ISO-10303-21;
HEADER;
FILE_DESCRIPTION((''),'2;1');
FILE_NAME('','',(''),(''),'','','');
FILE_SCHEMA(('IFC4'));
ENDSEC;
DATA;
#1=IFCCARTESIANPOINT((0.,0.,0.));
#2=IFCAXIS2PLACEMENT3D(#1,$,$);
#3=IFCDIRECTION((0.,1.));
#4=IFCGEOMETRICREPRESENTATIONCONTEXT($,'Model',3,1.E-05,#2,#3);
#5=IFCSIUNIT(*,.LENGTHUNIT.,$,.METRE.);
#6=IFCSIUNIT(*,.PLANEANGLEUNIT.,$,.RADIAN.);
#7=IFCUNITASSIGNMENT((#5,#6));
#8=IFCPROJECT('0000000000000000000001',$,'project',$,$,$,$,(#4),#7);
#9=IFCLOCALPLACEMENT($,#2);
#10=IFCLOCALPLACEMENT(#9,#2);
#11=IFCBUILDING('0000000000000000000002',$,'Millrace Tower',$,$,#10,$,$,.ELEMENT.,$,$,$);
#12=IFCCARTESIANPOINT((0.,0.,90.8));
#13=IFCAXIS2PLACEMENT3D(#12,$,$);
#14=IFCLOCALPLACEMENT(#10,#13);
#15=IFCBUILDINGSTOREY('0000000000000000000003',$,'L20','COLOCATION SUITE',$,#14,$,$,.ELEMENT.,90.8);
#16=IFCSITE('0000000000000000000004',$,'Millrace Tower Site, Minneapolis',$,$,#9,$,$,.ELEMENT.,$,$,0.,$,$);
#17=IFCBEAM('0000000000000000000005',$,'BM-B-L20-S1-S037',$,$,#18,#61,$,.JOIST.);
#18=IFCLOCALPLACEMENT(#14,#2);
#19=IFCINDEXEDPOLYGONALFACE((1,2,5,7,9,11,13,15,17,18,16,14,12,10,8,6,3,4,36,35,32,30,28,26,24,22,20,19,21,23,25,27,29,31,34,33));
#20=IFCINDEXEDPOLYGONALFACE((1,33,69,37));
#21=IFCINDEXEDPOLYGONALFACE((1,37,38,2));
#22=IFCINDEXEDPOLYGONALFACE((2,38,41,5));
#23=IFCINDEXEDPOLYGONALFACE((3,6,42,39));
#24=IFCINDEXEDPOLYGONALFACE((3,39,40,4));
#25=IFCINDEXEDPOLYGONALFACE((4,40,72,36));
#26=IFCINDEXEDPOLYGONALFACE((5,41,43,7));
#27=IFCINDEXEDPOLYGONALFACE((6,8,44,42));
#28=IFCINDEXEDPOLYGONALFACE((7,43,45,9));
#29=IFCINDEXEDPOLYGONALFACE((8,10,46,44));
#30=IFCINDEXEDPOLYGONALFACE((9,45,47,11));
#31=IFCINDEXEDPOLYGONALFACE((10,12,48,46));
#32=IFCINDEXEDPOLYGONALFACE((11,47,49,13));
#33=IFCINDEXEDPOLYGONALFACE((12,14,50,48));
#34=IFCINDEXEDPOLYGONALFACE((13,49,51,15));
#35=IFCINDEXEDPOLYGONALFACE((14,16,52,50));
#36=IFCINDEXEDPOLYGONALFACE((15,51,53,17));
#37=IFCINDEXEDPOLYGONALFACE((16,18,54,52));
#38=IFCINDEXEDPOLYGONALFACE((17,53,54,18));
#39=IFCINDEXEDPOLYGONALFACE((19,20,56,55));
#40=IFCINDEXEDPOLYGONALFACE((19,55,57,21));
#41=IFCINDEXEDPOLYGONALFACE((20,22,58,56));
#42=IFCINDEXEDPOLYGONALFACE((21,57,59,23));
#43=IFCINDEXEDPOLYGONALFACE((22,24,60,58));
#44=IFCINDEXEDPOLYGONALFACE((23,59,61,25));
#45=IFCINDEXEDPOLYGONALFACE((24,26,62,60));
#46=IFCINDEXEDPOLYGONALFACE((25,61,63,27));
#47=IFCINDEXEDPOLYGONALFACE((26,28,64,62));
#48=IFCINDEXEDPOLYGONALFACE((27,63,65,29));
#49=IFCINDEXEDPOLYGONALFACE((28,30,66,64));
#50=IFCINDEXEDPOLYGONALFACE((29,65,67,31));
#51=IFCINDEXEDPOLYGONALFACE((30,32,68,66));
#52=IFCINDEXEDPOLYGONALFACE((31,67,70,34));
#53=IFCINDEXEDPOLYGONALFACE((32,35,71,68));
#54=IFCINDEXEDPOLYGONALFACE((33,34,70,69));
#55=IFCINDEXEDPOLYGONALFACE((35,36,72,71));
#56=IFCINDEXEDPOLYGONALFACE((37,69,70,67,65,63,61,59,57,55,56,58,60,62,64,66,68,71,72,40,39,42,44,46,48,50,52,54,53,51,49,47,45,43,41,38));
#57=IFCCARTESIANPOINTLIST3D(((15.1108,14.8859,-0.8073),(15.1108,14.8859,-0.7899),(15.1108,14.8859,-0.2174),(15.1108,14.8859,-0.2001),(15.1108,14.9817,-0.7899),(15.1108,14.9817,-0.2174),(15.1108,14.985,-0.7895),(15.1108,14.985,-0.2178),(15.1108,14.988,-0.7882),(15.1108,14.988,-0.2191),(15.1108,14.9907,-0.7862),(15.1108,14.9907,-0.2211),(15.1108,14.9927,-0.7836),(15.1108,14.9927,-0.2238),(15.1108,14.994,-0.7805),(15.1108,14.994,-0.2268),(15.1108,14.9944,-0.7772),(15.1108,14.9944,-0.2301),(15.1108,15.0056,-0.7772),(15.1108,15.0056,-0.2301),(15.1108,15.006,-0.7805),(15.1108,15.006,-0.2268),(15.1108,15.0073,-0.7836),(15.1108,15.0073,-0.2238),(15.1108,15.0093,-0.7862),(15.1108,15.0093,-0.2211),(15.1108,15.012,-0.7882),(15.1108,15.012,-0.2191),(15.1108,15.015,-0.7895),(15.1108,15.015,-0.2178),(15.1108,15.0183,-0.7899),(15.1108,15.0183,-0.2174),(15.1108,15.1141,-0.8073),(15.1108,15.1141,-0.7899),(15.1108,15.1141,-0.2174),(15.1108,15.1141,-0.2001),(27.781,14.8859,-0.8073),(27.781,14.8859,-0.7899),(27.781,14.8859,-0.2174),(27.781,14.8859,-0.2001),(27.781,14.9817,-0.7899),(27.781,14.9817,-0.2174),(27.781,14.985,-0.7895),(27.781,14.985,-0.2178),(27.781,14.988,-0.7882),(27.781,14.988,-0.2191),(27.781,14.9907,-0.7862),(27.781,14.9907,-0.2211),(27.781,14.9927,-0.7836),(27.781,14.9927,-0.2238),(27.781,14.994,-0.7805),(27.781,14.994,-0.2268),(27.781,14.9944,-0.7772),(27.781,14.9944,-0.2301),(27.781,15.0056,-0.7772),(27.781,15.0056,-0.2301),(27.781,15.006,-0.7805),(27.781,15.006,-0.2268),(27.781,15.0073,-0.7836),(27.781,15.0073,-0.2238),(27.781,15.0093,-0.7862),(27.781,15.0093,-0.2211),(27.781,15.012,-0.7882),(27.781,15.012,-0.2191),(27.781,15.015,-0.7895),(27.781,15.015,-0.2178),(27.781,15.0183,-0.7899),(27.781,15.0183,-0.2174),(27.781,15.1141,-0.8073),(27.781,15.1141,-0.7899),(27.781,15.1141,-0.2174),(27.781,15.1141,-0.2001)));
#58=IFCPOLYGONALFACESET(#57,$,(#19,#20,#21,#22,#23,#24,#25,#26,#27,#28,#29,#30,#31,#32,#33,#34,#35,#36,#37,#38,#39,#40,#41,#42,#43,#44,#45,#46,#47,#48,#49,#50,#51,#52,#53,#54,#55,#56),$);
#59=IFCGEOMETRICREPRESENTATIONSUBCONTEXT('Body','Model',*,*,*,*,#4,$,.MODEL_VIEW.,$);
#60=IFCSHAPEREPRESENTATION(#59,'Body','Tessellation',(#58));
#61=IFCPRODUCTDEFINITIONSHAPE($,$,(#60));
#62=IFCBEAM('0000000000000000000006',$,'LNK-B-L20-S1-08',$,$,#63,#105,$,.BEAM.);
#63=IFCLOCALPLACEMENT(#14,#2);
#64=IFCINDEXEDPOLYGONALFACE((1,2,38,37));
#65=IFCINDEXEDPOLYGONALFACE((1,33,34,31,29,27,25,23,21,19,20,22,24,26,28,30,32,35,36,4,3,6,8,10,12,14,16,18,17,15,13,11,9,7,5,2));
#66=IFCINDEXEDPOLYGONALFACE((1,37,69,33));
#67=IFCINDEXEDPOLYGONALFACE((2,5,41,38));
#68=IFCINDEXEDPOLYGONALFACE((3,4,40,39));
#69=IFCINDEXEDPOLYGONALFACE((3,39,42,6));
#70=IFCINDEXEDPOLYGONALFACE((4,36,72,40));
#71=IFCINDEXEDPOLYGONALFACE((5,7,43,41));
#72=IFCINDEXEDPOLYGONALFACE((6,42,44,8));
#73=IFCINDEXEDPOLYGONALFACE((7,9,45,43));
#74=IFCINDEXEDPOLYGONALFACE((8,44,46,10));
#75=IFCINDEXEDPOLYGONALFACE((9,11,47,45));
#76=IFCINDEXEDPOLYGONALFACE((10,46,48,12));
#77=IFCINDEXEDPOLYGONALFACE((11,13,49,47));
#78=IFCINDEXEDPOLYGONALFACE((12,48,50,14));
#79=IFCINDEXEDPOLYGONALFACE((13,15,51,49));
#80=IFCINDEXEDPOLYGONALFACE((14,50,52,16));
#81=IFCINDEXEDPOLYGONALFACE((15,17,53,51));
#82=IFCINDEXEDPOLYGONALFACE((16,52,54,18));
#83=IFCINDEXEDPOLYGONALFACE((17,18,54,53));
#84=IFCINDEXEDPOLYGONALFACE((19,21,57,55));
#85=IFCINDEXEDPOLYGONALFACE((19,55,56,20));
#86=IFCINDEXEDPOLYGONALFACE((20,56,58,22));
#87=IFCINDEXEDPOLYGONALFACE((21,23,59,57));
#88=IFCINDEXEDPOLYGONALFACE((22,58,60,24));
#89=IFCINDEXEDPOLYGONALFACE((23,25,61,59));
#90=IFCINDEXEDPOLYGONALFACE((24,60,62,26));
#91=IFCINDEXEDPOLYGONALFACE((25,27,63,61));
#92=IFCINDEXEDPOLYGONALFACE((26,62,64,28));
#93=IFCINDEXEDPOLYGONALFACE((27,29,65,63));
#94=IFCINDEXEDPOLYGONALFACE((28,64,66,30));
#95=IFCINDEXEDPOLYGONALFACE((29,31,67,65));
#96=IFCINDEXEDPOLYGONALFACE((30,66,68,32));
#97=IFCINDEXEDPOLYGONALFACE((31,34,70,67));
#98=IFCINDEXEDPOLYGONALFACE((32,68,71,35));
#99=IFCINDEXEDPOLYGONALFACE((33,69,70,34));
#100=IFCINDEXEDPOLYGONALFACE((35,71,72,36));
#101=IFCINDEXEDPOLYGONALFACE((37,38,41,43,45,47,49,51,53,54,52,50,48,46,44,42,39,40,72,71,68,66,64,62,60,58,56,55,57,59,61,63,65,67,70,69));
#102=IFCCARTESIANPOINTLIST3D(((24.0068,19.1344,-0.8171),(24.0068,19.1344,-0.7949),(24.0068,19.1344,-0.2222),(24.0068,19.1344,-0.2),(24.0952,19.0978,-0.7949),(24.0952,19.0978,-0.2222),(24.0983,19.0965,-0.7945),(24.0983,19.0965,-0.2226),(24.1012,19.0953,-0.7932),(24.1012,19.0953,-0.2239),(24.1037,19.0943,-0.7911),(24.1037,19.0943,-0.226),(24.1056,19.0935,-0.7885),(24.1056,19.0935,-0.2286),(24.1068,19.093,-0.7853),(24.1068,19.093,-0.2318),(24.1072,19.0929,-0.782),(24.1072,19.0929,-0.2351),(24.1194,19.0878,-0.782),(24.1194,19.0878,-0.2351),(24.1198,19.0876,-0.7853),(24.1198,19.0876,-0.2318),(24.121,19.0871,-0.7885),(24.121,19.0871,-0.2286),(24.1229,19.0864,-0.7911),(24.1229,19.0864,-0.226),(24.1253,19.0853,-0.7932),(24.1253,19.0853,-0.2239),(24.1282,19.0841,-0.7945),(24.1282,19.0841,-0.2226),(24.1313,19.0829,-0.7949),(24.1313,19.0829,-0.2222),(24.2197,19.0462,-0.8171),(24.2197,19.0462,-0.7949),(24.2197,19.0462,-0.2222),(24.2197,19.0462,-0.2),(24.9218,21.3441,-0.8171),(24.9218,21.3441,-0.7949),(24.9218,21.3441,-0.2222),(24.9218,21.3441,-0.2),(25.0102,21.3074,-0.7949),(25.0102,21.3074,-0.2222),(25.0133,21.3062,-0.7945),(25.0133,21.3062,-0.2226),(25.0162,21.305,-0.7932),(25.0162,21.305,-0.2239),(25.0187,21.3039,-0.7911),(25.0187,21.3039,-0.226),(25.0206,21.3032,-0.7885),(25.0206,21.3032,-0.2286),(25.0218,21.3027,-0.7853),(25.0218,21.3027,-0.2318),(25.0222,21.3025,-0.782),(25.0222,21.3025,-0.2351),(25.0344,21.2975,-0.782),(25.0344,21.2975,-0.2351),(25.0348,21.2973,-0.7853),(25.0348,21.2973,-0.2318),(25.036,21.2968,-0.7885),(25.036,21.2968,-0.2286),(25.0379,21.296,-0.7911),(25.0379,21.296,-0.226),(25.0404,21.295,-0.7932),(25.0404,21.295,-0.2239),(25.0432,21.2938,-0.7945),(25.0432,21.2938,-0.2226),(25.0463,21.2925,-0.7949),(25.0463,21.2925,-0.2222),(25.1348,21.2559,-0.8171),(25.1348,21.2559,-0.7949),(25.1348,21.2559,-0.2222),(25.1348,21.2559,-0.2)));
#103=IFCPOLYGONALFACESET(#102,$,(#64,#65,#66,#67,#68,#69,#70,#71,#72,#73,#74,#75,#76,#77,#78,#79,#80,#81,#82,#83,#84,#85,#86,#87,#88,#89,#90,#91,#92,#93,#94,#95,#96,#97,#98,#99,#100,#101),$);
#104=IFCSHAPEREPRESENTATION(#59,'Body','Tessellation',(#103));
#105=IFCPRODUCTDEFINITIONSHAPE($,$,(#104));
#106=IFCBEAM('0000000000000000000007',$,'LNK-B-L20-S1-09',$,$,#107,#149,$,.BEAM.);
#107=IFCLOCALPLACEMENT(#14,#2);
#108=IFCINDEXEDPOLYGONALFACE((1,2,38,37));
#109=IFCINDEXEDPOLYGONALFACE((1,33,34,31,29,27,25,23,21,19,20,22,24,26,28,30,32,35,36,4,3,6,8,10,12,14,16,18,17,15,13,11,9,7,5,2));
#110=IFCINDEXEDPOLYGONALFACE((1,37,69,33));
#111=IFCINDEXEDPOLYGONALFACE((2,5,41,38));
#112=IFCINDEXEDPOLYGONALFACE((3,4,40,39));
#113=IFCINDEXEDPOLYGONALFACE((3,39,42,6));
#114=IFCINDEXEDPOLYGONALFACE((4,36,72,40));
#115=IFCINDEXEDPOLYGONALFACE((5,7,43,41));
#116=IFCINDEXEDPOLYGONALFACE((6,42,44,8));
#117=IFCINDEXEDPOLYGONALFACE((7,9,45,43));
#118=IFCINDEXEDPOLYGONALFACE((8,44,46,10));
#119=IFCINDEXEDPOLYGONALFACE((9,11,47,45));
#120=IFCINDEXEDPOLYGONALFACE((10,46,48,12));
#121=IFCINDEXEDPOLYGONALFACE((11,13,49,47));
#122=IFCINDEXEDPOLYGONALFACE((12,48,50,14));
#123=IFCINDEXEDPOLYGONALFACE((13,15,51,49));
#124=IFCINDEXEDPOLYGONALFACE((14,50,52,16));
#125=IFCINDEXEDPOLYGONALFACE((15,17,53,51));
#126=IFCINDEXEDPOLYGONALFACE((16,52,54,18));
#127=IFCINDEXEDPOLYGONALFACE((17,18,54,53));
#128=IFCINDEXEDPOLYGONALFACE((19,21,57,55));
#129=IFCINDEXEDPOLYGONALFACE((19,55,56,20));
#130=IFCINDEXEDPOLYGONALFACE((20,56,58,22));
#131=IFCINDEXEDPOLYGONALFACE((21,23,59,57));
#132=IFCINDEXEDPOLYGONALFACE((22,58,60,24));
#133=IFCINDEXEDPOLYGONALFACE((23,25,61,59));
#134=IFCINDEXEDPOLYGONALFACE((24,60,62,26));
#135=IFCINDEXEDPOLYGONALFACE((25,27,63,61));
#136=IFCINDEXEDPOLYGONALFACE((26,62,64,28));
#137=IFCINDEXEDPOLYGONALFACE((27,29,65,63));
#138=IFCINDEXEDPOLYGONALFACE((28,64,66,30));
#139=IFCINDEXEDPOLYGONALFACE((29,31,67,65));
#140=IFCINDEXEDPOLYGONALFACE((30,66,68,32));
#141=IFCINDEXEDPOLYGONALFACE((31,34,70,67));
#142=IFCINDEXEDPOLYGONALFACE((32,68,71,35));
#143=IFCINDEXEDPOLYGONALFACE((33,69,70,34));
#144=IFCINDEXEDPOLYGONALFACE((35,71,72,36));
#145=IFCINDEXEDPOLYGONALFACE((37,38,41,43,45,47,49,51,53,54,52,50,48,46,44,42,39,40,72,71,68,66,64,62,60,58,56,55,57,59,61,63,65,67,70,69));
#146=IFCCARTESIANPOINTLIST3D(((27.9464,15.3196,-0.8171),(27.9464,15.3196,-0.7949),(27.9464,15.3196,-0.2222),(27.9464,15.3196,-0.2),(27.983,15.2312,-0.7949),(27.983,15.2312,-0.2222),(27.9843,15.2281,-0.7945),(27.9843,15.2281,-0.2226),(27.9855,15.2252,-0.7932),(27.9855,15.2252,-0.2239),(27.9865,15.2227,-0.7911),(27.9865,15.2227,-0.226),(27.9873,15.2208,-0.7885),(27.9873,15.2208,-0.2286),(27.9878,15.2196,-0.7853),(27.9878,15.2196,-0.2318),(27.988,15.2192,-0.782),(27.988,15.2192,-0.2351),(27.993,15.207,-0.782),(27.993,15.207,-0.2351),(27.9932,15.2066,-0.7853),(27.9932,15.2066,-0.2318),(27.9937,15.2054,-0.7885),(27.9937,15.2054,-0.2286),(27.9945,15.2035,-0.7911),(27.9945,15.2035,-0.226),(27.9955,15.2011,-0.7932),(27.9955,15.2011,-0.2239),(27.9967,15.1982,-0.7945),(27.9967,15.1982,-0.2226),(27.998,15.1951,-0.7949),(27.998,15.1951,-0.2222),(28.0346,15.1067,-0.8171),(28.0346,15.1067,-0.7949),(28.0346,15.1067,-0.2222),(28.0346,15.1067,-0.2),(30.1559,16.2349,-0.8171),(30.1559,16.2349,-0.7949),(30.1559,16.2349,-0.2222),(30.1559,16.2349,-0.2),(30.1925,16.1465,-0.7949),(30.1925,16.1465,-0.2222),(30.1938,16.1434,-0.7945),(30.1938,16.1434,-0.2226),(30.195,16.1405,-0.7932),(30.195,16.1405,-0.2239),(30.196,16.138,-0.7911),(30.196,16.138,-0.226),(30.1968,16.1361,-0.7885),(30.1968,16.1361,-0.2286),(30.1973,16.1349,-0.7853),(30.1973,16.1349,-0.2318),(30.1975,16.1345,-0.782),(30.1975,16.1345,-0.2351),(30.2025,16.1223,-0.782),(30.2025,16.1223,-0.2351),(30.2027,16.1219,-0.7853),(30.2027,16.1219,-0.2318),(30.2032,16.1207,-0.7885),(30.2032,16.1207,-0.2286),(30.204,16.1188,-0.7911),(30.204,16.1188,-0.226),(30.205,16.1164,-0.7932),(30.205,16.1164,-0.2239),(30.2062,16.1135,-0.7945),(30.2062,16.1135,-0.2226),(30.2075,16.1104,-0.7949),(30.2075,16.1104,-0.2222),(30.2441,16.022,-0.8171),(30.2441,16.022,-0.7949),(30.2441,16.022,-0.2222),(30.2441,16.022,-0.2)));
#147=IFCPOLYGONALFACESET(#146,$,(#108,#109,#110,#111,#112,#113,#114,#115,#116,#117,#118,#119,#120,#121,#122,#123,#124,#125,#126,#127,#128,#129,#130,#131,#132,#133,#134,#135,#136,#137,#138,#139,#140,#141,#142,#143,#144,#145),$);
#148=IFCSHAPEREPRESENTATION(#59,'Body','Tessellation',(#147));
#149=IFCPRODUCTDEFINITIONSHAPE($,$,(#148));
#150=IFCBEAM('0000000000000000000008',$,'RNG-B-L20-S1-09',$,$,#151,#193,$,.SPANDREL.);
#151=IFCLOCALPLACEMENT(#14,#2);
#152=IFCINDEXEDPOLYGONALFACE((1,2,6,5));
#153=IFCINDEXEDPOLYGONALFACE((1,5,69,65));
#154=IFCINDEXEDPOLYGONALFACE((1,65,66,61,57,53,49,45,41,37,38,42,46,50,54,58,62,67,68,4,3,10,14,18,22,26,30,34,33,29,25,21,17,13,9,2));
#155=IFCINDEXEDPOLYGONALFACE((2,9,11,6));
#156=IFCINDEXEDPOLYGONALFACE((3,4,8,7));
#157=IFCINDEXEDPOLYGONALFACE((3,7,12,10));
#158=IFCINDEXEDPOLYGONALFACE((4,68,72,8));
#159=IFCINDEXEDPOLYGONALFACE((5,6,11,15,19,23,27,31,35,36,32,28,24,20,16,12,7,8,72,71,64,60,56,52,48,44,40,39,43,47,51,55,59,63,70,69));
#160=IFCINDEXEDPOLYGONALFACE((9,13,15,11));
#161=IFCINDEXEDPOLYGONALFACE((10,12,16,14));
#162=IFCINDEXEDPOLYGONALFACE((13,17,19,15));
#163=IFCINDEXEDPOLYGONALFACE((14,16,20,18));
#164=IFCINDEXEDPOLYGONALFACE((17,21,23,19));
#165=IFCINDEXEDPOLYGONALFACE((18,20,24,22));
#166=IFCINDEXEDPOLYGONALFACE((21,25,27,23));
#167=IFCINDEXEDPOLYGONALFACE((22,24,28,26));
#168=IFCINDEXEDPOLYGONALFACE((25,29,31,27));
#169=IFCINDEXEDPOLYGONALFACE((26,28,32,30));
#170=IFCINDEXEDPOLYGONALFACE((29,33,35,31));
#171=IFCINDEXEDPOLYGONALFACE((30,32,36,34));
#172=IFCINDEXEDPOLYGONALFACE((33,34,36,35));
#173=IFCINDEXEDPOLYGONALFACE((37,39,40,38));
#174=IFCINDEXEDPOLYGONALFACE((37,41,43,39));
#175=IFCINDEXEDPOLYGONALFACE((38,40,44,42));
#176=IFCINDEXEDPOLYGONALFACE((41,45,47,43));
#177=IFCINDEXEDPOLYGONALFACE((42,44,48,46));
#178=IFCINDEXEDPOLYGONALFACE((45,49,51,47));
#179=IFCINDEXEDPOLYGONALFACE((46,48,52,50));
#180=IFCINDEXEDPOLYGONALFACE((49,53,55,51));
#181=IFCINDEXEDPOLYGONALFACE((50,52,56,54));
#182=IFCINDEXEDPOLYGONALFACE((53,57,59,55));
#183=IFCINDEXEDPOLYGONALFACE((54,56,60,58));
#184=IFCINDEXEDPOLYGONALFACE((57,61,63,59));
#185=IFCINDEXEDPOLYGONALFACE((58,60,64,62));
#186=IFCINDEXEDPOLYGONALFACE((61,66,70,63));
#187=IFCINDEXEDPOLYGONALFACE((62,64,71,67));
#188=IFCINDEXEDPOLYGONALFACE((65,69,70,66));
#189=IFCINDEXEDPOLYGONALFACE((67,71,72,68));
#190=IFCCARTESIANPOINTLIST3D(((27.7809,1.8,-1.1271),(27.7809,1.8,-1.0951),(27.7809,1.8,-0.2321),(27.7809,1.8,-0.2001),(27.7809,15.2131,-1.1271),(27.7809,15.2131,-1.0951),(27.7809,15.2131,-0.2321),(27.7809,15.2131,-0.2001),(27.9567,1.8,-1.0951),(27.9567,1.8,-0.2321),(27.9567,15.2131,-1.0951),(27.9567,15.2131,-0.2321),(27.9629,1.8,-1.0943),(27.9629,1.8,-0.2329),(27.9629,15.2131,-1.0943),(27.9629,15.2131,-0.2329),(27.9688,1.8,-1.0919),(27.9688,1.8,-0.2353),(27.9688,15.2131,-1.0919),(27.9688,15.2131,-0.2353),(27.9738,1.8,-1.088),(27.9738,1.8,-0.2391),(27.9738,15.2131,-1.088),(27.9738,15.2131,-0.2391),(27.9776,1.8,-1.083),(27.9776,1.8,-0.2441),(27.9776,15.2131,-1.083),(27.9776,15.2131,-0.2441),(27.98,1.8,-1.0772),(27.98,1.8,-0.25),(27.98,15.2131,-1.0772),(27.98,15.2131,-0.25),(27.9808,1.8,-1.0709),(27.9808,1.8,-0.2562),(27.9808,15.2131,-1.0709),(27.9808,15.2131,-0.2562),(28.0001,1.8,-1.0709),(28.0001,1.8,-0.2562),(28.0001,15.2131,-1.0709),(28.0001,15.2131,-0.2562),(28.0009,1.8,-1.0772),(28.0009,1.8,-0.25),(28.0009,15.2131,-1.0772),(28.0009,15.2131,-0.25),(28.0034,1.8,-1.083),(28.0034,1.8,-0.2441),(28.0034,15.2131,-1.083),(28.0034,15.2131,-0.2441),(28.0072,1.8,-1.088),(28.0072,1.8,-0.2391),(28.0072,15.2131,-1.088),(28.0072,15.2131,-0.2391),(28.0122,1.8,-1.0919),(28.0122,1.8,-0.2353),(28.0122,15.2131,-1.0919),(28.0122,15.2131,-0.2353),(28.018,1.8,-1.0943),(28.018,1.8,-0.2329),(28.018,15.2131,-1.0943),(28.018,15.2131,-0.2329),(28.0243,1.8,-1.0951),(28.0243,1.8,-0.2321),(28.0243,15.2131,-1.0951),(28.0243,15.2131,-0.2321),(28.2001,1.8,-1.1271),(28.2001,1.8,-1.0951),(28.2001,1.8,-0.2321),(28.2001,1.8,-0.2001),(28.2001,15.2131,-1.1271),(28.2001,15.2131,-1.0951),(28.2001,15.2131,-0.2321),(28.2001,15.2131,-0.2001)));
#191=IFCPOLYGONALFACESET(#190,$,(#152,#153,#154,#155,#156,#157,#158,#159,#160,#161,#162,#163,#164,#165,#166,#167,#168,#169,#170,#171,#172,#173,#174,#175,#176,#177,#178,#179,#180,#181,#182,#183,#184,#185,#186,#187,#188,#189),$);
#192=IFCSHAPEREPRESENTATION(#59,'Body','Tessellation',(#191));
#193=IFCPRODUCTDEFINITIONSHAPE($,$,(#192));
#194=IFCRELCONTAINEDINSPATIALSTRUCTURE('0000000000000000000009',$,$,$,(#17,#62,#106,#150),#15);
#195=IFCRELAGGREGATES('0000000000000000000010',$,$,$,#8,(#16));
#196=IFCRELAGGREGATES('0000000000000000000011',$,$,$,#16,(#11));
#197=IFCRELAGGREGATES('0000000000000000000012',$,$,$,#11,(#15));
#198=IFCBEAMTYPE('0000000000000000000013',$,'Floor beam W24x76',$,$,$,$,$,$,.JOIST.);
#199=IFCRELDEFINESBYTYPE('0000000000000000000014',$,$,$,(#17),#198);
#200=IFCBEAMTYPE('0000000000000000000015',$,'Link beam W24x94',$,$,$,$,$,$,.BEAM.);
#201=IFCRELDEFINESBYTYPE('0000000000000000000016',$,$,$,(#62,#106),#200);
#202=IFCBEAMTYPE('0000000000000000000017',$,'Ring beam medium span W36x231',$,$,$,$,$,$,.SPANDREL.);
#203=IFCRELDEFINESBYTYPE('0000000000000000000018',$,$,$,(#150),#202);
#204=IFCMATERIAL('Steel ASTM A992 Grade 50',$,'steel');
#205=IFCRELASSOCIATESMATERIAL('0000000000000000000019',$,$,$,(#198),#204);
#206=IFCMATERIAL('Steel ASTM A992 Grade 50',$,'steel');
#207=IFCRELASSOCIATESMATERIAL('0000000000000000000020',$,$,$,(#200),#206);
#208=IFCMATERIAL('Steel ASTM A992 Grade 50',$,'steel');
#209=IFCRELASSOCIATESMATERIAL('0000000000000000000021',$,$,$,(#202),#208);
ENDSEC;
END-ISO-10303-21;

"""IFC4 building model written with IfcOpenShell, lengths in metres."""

from ifc_helpers import new_model, si_unit, direction, frame, origin, origin_2d, place, context, subcontext, project, spatial, i_section, extrude, material, material_profile, profile_set, type_object, element, save


model = new_model("IFC4")

# Units and contexts
model_context = context("Model", 3, precision=1e-05, world=origin(), true_north=direction((0.0, 1.0)))
body_context = subcontext(model_context, "Body", "Model", "MODEL_VIEW")
ifc_project = project(units=[si_unit("LENGTHUNIT", "METRE"), si_unit("PLANEANGLEUNIT", "RADIAN")], contexts=[model_context])

# Site, building, storey
site_placement = place(None, origin())
site = spatial("IfcSite", under=ifc_project, at=site_placement, Name="Millrace Tower Site, Minneapolis", CompositionType="ELEMENT", RefElevation=0.0)
building_placement = place(site_placement, origin())
building = spatial("IfcBuilding", under=site, at=building_placement, Name="Millrace Tower", CompositionType="ELEMENT")
storey_placement = place(building_placement, frame((0.0, 0.0, 90.8)))
storey = spatial("IfcBuildingStorey", under=building, at=storey_placement, Name="L20", Description="COLOCATION SUITE", CompositionType="ELEMENT", Elevation=90.8)

# Beams
ifc_material_1 = material(Name="Steel ASTM A992 Grade 50", Category="steel")
ifc_material_profile_1 = material_profile(ifc_material_1, i_section(OverallWidth=0.2283, OverallDepth=0.6072, WebThickness=0.0112, FlangeThickness=0.0173, FilletRadius=0.0127, at=origin_2d()))
ifc_profile_set_1 = profile_set([ifc_material_profile_1], Name="Steel ASTM A992 Grade 50")
beam_type_1 = type_object("IfcBeamType", Name="Floor beam W24x76", PredefinedType="JOIST", material=ifc_profile_set_1)
for number, where, z_axis, x_axis, name in (
    (1, (15.1108, 15.0, -0.5037), (1.0, 0.0, 0.0), (0.0, 1.0, 0.0), "BM-B-L20-S1-S037"),
):
    element("IfcBeam", number, at=place(storey_placement, frame(where, z_axis=z_axis, x_axis=x_axis)), inside=storey, type_object=beam_type_1, Name=name, PredefinedType="JOIST", context=body_context, shape_type="SweptSolid", body=[
        extrude(i_section(OverallWidth=0.2283, OverallDepth=0.6072, WebThickness=0.0112, FlangeThickness=0.0173, FilletRadius=0.0127, at=origin_2d()), origin(), (0.0, 0.0, 1.0), 12.6702),
    ])
ifc_material_2 = material(Name="Steel ASTM A992 Grade 50", Category="steel")
ifc_material_profile_2 = material_profile(ifc_material_2, i_section(OverallWidth=0.2305, OverallDepth=0.6172, WebThickness=0.0132, FlangeThickness=0.0222, FilletRadius=0.0129, at=origin_2d()))
ifc_profile_set_2 = profile_set([ifc_material_profile_2], Name="Steel ASTM A992 Grade 50")
beam_type_2 = type_object("IfcBeamType", Name="Link beam W24x94", PredefinedType="BEAM", material=ifc_profile_set_2)
for number, where, z_axis, x_axis, name in (
    (2, (24.1133, 19.0903, -0.5085), (0.382592, 0.923917, 0.0), (-0.923917, 0.382592, 0.0), "LNK-B-L20-S1-08"),
    (3, (27.9905, 15.2131, -0.5085), (0.923866, 0.382715, 0.0), (-0.382715, 0.923866, 0.0), "LNK-B-L20-S1-09"),
):
    element("IfcBeam", number, at=place(storey_placement, frame(where, z_axis=z_axis, x_axis=x_axis)), inside=storey, type_object=beam_type_2, Name=name, PredefinedType="BEAM", context=body_context, shape_type="SweptSolid", body=[
        extrude(i_section(OverallWidth=0.2305, OverallDepth=0.6172, WebThickness=0.0132, FlangeThickness=0.0222, FilletRadius=0.0129, at=origin_2d()), origin(), (0.0, 0.0, 1.0), 2.3916),
    ])
ifc_material_3 = material(Name="Steel ASTM A992 Grade 50", Category="steel")
ifc_material_profile_3 = material_profile(ifc_material_3, i_section(OverallWidth=0.4192, OverallDepth=0.927, WebThickness=0.0193, FlangeThickness=0.032, FilletRadius=0.0242, at=origin_2d()))
ifc_profile_set_3 = profile_set([ifc_material_profile_3], Name="Steel ASTM A992 Grade 50")
beam_type_3 = type_object("IfcBeamType", Name="Ring beam medium span W36x231", PredefinedType="SPANDREL", material=ifc_profile_set_3)
beam_1_placement = place(storey_placement, frame((27.9905, 15.2131, -0.6636), z_axis=(0.0, -1.0, 0.0), x_axis=(1.0, 0.0, 0.0)))
element("IfcBeam", 4, at=beam_1_placement, inside=storey, type_object=beam_type_3, Name="RNG-B-L20-S1-09", PredefinedType="SPANDREL", context=body_context, shape_type="SweptSolid", body=[
    extrude(i_section(OverallWidth=0.4192, OverallDepth=0.927, WebThickness=0.0193, FlangeThickness=0.032, FilletRadius=0.0242, at=origin_2d()), origin(), (0.0, 0.0, 1.0), 13.4131),
])

save(model, "model.ifc")
